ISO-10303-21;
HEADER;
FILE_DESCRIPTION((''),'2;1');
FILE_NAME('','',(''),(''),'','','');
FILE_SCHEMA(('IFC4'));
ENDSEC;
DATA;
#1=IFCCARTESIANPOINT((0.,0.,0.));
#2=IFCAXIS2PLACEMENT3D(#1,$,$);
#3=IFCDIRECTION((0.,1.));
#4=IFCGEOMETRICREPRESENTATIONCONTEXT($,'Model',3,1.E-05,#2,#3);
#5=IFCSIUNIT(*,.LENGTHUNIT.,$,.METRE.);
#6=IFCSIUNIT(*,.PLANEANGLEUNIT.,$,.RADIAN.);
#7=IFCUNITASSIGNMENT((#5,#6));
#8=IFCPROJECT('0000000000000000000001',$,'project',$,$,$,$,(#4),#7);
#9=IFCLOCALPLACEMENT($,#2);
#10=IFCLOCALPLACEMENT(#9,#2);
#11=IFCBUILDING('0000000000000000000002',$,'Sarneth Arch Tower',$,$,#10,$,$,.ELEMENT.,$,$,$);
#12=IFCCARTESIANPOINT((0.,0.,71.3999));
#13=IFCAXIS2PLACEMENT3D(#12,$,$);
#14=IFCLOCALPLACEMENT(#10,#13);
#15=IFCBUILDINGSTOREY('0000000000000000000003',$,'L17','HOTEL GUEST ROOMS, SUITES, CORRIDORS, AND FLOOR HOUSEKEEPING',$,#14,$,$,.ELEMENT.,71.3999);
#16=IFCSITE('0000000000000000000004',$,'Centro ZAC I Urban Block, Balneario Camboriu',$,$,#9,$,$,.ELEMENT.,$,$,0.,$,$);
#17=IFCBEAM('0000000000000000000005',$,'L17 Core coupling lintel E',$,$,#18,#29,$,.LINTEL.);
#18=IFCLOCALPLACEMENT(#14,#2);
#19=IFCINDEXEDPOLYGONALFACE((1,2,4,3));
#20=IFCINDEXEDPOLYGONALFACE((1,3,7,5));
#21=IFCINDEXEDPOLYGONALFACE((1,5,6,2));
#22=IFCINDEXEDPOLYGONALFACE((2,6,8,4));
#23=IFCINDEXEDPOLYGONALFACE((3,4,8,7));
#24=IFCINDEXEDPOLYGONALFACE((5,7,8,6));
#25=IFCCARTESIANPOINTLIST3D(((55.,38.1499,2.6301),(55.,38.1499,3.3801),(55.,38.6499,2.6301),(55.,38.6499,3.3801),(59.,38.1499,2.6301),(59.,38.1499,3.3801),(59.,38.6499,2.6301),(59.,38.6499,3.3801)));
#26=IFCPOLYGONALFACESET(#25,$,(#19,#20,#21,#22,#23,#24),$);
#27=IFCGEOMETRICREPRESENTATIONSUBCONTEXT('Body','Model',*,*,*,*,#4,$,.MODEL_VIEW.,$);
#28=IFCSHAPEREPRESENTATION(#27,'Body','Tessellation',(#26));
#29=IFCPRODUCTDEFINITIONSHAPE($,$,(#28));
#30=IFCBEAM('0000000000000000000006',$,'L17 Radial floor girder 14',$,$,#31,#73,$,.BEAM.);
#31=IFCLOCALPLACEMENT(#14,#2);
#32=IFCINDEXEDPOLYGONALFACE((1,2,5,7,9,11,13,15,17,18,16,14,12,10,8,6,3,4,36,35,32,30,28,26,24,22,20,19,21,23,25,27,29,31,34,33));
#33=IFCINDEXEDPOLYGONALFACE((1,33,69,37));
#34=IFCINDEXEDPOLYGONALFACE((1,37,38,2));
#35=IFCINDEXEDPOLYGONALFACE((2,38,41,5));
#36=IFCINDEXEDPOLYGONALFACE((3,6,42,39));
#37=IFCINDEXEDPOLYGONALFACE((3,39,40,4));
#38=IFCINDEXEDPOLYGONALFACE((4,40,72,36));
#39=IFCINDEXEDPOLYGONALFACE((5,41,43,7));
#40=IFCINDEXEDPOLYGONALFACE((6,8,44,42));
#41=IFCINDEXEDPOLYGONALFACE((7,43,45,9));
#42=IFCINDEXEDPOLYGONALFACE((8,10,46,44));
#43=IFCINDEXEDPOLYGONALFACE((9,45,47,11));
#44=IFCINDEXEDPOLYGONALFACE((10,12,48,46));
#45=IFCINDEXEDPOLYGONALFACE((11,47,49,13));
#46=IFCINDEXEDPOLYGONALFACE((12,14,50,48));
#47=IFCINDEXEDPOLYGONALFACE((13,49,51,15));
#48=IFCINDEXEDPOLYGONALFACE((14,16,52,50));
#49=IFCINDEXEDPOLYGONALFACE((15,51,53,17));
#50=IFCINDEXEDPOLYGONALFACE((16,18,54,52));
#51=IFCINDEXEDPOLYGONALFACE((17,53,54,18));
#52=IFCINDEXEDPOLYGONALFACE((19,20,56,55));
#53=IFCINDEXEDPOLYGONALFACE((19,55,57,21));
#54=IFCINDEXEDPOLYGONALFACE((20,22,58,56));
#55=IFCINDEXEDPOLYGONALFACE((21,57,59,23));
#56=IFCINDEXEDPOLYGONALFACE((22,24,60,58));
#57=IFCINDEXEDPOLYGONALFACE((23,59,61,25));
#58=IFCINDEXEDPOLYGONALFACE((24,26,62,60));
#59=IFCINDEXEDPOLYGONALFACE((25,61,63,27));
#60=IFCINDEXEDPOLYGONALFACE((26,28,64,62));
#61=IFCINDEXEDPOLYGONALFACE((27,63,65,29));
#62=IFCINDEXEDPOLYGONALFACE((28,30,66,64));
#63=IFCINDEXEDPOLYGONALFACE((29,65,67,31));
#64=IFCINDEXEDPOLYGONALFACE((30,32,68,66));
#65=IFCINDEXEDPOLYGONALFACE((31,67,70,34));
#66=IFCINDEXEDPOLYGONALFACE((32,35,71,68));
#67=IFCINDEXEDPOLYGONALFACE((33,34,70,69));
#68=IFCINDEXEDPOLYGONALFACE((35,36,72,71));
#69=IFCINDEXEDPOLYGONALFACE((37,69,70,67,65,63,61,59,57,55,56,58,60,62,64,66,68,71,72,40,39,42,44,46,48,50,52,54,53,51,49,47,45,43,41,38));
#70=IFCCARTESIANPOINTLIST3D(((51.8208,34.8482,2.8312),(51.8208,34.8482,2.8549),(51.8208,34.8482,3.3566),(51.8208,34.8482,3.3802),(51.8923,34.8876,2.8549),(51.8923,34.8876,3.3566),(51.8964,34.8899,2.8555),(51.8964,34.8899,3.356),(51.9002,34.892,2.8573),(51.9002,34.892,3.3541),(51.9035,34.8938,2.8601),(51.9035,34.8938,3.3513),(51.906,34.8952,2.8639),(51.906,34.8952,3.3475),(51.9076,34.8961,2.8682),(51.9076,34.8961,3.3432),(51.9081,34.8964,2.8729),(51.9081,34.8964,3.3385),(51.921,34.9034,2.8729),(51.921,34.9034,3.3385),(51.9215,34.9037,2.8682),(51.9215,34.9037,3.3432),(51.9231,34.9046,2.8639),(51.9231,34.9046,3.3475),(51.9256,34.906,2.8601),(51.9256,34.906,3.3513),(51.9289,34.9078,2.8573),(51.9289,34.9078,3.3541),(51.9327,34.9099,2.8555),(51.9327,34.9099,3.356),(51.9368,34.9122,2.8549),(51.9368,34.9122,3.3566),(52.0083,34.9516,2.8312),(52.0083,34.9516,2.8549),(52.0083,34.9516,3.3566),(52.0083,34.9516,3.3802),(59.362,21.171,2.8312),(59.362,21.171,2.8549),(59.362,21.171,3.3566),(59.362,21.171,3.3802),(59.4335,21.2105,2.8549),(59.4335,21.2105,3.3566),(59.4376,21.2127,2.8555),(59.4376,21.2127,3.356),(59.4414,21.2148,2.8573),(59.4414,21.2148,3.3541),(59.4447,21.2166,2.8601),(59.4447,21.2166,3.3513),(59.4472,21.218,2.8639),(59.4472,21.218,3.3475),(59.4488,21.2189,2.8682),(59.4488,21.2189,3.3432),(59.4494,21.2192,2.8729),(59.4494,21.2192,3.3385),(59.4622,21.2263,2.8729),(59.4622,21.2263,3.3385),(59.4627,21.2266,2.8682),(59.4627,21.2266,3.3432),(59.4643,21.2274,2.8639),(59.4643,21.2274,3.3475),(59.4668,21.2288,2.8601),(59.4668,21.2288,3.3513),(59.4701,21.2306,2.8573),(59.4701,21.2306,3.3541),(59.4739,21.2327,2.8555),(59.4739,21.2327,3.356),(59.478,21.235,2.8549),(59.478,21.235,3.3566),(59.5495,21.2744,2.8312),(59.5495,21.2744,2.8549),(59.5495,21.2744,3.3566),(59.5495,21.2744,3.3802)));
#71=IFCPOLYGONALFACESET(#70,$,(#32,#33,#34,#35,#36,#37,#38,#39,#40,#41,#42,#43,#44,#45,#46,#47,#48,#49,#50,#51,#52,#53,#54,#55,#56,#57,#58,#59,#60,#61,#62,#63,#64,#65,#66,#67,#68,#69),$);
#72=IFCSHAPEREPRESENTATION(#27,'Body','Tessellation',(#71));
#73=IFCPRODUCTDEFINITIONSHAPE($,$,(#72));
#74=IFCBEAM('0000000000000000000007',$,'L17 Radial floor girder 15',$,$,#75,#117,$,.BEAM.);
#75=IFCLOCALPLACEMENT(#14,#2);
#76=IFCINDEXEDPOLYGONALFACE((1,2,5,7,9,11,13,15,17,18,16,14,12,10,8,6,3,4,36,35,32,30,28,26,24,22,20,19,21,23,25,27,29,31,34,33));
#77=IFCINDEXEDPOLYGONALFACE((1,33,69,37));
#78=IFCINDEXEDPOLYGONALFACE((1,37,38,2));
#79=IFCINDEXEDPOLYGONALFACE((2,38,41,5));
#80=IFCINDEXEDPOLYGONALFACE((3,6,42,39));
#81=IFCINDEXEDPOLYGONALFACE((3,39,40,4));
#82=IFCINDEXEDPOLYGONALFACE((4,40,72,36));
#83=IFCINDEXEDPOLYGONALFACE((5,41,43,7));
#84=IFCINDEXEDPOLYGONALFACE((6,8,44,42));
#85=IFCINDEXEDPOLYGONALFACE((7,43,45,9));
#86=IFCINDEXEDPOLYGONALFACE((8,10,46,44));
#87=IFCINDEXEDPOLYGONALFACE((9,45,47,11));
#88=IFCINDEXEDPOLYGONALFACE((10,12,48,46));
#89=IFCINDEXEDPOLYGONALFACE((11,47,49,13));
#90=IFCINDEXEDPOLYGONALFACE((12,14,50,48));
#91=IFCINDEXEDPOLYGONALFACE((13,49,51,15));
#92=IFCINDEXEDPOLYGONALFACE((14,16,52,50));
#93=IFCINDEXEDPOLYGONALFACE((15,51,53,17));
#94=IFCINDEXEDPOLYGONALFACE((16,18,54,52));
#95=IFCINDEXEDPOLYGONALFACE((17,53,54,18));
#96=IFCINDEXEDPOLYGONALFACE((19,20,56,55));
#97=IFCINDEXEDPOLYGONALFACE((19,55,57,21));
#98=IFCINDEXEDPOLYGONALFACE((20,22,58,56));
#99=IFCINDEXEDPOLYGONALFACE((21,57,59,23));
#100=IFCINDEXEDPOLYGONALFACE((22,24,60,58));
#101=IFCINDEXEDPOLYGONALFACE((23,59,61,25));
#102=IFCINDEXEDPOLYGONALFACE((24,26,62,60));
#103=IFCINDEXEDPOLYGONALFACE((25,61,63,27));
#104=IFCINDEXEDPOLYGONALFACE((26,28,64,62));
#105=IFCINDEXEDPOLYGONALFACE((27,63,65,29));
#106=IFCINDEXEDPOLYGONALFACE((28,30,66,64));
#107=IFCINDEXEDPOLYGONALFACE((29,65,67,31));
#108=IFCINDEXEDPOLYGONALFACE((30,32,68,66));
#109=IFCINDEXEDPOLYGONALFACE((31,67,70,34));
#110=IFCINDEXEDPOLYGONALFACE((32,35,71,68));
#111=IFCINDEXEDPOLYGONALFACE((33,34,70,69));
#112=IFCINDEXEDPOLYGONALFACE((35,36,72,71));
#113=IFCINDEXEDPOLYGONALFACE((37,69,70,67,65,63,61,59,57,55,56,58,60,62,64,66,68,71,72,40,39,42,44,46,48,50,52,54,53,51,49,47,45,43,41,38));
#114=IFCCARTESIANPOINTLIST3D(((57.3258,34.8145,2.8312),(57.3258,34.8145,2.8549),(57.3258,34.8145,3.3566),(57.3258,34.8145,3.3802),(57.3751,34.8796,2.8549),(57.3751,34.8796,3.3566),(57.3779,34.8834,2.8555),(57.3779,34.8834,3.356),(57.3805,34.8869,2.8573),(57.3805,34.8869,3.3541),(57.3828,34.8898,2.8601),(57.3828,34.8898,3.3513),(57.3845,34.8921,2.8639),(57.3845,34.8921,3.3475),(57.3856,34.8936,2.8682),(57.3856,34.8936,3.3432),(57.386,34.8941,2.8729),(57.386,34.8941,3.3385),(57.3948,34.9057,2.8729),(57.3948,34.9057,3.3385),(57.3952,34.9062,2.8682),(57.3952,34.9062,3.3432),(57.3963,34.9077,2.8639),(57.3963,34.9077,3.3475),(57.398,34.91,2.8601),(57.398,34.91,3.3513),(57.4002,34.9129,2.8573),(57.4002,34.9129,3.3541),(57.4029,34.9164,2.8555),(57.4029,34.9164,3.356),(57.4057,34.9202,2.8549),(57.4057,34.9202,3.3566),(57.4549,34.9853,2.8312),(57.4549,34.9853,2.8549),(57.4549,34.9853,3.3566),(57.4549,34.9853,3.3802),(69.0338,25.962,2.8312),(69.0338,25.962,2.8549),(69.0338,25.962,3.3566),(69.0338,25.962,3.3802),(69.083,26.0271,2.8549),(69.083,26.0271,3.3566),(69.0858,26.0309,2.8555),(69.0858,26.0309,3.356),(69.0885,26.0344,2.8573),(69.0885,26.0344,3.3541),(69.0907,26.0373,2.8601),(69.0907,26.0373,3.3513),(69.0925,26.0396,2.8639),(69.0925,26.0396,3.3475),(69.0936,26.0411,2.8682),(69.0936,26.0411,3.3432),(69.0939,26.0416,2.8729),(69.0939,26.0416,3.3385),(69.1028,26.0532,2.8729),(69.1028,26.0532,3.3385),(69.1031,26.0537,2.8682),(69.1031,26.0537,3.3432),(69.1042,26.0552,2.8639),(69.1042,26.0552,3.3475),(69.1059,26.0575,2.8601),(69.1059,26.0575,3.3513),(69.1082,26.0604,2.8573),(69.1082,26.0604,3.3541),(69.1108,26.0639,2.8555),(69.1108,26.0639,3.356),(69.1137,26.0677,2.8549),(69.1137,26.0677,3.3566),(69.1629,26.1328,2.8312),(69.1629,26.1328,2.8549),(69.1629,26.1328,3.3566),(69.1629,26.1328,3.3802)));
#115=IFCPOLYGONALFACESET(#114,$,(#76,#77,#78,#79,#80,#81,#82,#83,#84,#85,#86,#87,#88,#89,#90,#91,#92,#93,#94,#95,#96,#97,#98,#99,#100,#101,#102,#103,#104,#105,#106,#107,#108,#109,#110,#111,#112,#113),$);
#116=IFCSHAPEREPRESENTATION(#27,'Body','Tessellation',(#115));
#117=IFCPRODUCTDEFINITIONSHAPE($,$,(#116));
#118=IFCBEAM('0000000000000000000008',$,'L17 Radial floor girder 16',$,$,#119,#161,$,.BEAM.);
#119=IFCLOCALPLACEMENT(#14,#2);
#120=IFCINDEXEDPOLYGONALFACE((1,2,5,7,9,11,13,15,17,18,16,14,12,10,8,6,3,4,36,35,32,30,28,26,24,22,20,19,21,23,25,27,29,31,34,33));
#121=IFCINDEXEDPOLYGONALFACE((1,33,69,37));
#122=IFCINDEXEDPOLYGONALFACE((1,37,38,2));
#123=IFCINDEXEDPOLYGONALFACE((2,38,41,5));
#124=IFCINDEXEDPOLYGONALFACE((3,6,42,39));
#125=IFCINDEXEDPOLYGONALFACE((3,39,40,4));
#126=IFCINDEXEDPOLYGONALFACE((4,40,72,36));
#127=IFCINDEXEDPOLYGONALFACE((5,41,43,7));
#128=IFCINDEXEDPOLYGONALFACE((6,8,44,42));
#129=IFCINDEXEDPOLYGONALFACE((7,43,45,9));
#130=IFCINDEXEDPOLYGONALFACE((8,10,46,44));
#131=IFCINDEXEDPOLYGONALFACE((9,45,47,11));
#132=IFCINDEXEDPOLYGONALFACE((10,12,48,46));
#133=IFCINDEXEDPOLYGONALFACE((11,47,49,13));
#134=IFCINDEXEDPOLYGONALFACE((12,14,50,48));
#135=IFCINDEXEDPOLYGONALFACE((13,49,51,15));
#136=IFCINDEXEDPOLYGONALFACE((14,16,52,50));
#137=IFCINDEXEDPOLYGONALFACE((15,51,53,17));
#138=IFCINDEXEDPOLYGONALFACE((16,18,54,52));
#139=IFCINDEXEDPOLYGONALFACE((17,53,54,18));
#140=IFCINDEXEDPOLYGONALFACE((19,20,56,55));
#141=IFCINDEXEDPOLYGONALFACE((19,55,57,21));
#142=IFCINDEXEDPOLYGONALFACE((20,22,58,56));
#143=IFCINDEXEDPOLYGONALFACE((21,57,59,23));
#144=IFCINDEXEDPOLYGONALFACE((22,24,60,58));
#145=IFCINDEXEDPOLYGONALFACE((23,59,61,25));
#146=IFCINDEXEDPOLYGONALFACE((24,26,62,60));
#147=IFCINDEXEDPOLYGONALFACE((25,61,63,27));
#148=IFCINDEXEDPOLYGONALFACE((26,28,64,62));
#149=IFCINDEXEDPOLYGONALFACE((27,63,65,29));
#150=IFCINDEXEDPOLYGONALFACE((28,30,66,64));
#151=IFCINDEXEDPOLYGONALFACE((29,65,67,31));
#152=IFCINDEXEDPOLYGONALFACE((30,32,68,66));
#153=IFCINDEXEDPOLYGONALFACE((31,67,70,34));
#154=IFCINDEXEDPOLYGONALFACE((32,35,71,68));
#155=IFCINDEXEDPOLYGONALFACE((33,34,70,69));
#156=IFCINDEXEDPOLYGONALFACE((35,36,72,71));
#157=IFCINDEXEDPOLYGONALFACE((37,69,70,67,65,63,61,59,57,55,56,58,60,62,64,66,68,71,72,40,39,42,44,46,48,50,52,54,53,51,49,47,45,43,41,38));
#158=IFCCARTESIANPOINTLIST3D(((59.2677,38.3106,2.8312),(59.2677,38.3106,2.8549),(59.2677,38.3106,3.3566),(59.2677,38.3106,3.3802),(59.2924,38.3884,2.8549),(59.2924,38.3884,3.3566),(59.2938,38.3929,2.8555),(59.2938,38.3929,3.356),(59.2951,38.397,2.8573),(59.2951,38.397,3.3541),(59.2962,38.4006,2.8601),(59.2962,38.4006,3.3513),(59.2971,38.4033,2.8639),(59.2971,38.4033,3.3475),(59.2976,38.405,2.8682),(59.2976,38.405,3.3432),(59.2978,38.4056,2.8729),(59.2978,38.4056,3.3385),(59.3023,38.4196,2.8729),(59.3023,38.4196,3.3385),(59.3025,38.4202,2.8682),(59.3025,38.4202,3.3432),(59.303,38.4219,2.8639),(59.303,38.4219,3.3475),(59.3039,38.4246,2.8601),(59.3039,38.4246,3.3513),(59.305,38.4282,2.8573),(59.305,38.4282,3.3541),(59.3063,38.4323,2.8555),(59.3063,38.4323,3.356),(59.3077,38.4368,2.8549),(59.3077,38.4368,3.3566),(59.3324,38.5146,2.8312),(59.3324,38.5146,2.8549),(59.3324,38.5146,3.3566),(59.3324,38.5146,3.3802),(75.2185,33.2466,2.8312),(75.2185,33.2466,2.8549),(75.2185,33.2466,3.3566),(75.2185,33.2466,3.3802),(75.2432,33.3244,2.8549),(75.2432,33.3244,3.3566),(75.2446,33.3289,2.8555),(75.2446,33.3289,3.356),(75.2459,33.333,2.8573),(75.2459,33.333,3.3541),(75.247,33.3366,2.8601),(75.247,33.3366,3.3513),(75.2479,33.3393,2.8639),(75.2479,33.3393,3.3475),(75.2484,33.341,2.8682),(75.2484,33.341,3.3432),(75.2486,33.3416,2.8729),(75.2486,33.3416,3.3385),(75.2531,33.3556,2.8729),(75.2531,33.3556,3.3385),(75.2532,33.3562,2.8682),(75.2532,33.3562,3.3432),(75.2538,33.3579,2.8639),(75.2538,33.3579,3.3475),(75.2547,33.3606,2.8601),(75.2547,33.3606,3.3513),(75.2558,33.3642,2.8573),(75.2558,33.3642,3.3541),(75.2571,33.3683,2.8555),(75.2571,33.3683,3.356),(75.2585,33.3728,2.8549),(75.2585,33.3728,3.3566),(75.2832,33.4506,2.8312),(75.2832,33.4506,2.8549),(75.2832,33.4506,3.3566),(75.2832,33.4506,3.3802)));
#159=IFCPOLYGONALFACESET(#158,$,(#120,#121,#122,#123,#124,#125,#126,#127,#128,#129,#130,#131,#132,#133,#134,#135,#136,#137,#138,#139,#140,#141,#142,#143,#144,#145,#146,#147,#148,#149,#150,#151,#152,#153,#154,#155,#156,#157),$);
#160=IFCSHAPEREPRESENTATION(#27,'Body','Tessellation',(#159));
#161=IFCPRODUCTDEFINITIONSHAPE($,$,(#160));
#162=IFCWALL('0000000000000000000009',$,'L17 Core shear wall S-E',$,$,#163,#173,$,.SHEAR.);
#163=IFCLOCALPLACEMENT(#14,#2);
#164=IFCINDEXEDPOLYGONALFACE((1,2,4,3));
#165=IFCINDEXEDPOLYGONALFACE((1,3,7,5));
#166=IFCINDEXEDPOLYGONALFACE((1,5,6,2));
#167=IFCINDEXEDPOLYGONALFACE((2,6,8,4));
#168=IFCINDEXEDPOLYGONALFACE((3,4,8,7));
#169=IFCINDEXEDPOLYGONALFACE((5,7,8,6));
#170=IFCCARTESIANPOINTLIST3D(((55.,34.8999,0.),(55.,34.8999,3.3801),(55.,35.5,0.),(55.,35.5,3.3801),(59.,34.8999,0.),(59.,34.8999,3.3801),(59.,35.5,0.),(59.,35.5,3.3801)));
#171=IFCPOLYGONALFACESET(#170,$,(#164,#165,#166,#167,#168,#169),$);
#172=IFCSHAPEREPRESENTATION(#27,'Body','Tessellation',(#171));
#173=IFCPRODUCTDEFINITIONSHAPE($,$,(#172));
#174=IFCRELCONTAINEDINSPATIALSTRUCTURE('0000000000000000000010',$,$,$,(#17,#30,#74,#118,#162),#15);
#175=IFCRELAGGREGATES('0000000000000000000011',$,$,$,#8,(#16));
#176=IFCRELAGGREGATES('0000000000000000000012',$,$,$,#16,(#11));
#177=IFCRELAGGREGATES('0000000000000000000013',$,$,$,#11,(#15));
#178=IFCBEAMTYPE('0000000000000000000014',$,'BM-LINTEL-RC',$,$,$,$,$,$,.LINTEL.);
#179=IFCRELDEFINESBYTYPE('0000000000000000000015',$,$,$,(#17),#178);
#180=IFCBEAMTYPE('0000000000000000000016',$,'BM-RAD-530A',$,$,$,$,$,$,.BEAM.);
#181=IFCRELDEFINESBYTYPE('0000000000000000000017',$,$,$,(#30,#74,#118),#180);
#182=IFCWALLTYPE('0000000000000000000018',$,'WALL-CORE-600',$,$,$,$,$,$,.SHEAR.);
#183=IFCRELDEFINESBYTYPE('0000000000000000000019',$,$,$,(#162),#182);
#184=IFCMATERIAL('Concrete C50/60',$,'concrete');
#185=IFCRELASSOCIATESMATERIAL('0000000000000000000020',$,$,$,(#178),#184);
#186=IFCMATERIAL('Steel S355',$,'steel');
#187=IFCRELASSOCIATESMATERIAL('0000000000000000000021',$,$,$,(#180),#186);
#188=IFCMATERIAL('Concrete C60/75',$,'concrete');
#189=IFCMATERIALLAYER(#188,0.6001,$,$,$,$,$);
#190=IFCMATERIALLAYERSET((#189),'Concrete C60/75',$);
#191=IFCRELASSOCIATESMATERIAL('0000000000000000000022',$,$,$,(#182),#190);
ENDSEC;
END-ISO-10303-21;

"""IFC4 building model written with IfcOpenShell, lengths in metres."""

from ifc_helpers import new_model, si_unit, direction, frame, frame_2d, origin, origin_2d, place, context, subcontext, project, spatial, rectangle, i_section, extrude, material, layer, layer_set, material_profile, profile_set, type_object, element, save


model = new_model("IFC4")

# Units and contexts
model_context = context("Model", 3, precision=1e-05, world=origin(), true_north=direction((0.0, 1.0)))
body_context = subcontext(model_context, "Body", "Model", "MODEL_VIEW")
ifc_project = project(units=[si_unit("LENGTHUNIT", "METRE"), si_unit("PLANEANGLEUNIT", "RADIAN")], contexts=[model_context])

# Site, building, storey
site_placement = place(None, origin())
site = spatial("IfcSite", under=ifc_project, at=site_placement, Name="Centro ZAC I Urban Block, Balneario Camboriu", CompositionType="ELEMENT", RefElevation=0.0)
building_placement = place(site_placement, origin())
building = spatial("IfcBuilding", under=site, at=building_placement, Name="Sarneth Arch Tower", CompositionType="ELEMENT")
storey_placement = place(building_placement, frame((0.0, 0.0, 71.3999)))
storey = spatial("IfcBuildingStorey", under=building, at=storey_placement, Name="L17", Description="HOTEL GUEST ROOMS, SUITES, CORRIDORS, AND FLOOR HOUSEKEEPING", CompositionType="ELEMENT", Elevation=71.3999)

# Beams
ifc_material_1 = material(Name="Concrete C50/60", Category="concrete")
ifc_material_profile_1 = material_profile(ifc_material_1, rectangle(XDim=0.5, YDim=0.75, at=origin_2d()), Name="RC-500x750")
ifc_profile_set_1 = profile_set([ifc_material_profile_1], Name="Concrete C50/60")
beam_type_1 = type_object("IfcBeamType", Name="BM-LINTEL-RC", PredefinedType="LINTEL", material=ifc_profile_set_1)
beam_1_placement = place(storey_placement, frame((55.0, 38.3999, 3.0051), z_axis=(1.0, 0.0, 0.0), x_axis=(0.0, 1.0, 0.0)))
element("IfcBeam", 1, at=beam_1_placement, inside=storey, type_object=beam_type_1, Name="L17 Core coupling lintel E", PredefinedType="LINTEL", context=body_context, shape_type="SweptSolid", body=[
    extrude(rectangle(XDim=0.5, YDim=0.75, at=origin_2d()), origin(), (0.0, 0.0, 1.0), 4.0),
])
ifc_material_2 = material(Name="Steel S355", Category="steel")
ifc_material_profile_2 = material_profile(ifc_material_2, i_section(OverallWidth=0.2141, OverallDepth=0.5491, WebThickness=0.0146, FlangeThickness=0.0237, FilletRadius=0.0181, at=origin_2d()), Name="W530x138")
ifc_profile_set_2 = profile_set([ifc_material_profile_2], Name="Steel S355")
beam_type_2 = type_object("IfcBeamType", Name="BM-RAD-530A", PredefinedType="BEAM", material=ifc_profile_set_2)
beam_2_placement = place(storey_placement, frame((51.9146, 34.8999, 3.1057), z_axis=(0.482841, -0.875708, 0.0), x_axis=(0.875708, 0.482841, 0.0)))
element("IfcBeam", 2, at=beam_2_placement, inside=storey, type_object=beam_type_2, Name="L17 Radial floor girder 14", PredefinedType="BEAM", context=body_context, shape_type="SweptSolid", body=[
    extrude(i_section(OverallWidth=0.2141, OverallDepth=0.5491, WebThickness=0.0146, FlangeThickness=0.0237, FilletRadius=0.0181, at=origin_2d()), origin(), (0.0, 0.0, 1.0), 15.6184),
])
beam_3_placement = place(storey_placement, frame((57.3904, 34.8999, 3.1057), z_axis=(0.797655, -0.603114, 0.0), x_axis=(0.603114, 0.797655, 0.0)))
element("IfcBeam", 3, at=beam_3_placement, inside=storey, type_object=beam_type_2, Name="L17 Radial floor girder 15", PredefinedType="BEAM", context=body_context, shape_type="SweptSolid", body=[
    extrude(i_section(OverallWidth=0.2141, OverallDepth=0.5491, WebThickness=0.0146, FlangeThickness=0.0237, FilletRadius=0.0181, at=origin_2d()), origin(), (0.0, 0.0, 1.0), 14.678),
])
beam_4_placement = place(storey_placement, frame((59.3, 38.4126, 3.1057), z_axis=(0.95312, -0.302593, 0.0), x_axis=(0.302593, 0.95312, 0.0)))
element("IfcBeam", 4, at=beam_4_placement, inside=storey, type_object=beam_type_2, Name="L17 Radial floor girder 16", PredefinedType="BEAM", context=body_context, shape_type="SweptSolid", body=[
    extrude(i_section(OverallWidth=0.2141, OverallDepth=0.5491, WebThickness=0.0146, FlangeThickness=0.0237, FilletRadius=0.0181, at=origin_2d()), origin(), (0.0, 0.0, 1.0), 16.7354),
])

# Wall
ifc_material_3 = material(Name="Concrete C60/75", Category="concrete")
ifc_layer_1 = layer(ifc_material_3, 0.6001)
ifc_layer_set_1 = layer_set([ifc_layer_1], Name="Concrete C60/75")
wall_type_1 = type_object("IfcWallType", Name="WALL-CORE-600", PredefinedType="SHEAR", material=ifc_layer_set_1)
wall_1_placement = place(storey_placement, frame((55.0, 35.2, 0.0), z_axis=(0.0, 0.0, 1.0), x_axis=(1.0, 0.0, 0.0)))
element("IfcWall", 5, at=wall_1_placement, inside=storey, type_object=wall_type_1, Name="L17 Core shear wall S-E", PredefinedType="SHEAR", context=body_context, shape_type="SweptSolid", body=[
    extrude(rectangle(XDim=4.0, YDim=0.6001, at=frame_2d((2.0, 0.0))), origin(), (0.0, 0.0, 1.0), 3.3801),
])

save(model, "model.ifc")
